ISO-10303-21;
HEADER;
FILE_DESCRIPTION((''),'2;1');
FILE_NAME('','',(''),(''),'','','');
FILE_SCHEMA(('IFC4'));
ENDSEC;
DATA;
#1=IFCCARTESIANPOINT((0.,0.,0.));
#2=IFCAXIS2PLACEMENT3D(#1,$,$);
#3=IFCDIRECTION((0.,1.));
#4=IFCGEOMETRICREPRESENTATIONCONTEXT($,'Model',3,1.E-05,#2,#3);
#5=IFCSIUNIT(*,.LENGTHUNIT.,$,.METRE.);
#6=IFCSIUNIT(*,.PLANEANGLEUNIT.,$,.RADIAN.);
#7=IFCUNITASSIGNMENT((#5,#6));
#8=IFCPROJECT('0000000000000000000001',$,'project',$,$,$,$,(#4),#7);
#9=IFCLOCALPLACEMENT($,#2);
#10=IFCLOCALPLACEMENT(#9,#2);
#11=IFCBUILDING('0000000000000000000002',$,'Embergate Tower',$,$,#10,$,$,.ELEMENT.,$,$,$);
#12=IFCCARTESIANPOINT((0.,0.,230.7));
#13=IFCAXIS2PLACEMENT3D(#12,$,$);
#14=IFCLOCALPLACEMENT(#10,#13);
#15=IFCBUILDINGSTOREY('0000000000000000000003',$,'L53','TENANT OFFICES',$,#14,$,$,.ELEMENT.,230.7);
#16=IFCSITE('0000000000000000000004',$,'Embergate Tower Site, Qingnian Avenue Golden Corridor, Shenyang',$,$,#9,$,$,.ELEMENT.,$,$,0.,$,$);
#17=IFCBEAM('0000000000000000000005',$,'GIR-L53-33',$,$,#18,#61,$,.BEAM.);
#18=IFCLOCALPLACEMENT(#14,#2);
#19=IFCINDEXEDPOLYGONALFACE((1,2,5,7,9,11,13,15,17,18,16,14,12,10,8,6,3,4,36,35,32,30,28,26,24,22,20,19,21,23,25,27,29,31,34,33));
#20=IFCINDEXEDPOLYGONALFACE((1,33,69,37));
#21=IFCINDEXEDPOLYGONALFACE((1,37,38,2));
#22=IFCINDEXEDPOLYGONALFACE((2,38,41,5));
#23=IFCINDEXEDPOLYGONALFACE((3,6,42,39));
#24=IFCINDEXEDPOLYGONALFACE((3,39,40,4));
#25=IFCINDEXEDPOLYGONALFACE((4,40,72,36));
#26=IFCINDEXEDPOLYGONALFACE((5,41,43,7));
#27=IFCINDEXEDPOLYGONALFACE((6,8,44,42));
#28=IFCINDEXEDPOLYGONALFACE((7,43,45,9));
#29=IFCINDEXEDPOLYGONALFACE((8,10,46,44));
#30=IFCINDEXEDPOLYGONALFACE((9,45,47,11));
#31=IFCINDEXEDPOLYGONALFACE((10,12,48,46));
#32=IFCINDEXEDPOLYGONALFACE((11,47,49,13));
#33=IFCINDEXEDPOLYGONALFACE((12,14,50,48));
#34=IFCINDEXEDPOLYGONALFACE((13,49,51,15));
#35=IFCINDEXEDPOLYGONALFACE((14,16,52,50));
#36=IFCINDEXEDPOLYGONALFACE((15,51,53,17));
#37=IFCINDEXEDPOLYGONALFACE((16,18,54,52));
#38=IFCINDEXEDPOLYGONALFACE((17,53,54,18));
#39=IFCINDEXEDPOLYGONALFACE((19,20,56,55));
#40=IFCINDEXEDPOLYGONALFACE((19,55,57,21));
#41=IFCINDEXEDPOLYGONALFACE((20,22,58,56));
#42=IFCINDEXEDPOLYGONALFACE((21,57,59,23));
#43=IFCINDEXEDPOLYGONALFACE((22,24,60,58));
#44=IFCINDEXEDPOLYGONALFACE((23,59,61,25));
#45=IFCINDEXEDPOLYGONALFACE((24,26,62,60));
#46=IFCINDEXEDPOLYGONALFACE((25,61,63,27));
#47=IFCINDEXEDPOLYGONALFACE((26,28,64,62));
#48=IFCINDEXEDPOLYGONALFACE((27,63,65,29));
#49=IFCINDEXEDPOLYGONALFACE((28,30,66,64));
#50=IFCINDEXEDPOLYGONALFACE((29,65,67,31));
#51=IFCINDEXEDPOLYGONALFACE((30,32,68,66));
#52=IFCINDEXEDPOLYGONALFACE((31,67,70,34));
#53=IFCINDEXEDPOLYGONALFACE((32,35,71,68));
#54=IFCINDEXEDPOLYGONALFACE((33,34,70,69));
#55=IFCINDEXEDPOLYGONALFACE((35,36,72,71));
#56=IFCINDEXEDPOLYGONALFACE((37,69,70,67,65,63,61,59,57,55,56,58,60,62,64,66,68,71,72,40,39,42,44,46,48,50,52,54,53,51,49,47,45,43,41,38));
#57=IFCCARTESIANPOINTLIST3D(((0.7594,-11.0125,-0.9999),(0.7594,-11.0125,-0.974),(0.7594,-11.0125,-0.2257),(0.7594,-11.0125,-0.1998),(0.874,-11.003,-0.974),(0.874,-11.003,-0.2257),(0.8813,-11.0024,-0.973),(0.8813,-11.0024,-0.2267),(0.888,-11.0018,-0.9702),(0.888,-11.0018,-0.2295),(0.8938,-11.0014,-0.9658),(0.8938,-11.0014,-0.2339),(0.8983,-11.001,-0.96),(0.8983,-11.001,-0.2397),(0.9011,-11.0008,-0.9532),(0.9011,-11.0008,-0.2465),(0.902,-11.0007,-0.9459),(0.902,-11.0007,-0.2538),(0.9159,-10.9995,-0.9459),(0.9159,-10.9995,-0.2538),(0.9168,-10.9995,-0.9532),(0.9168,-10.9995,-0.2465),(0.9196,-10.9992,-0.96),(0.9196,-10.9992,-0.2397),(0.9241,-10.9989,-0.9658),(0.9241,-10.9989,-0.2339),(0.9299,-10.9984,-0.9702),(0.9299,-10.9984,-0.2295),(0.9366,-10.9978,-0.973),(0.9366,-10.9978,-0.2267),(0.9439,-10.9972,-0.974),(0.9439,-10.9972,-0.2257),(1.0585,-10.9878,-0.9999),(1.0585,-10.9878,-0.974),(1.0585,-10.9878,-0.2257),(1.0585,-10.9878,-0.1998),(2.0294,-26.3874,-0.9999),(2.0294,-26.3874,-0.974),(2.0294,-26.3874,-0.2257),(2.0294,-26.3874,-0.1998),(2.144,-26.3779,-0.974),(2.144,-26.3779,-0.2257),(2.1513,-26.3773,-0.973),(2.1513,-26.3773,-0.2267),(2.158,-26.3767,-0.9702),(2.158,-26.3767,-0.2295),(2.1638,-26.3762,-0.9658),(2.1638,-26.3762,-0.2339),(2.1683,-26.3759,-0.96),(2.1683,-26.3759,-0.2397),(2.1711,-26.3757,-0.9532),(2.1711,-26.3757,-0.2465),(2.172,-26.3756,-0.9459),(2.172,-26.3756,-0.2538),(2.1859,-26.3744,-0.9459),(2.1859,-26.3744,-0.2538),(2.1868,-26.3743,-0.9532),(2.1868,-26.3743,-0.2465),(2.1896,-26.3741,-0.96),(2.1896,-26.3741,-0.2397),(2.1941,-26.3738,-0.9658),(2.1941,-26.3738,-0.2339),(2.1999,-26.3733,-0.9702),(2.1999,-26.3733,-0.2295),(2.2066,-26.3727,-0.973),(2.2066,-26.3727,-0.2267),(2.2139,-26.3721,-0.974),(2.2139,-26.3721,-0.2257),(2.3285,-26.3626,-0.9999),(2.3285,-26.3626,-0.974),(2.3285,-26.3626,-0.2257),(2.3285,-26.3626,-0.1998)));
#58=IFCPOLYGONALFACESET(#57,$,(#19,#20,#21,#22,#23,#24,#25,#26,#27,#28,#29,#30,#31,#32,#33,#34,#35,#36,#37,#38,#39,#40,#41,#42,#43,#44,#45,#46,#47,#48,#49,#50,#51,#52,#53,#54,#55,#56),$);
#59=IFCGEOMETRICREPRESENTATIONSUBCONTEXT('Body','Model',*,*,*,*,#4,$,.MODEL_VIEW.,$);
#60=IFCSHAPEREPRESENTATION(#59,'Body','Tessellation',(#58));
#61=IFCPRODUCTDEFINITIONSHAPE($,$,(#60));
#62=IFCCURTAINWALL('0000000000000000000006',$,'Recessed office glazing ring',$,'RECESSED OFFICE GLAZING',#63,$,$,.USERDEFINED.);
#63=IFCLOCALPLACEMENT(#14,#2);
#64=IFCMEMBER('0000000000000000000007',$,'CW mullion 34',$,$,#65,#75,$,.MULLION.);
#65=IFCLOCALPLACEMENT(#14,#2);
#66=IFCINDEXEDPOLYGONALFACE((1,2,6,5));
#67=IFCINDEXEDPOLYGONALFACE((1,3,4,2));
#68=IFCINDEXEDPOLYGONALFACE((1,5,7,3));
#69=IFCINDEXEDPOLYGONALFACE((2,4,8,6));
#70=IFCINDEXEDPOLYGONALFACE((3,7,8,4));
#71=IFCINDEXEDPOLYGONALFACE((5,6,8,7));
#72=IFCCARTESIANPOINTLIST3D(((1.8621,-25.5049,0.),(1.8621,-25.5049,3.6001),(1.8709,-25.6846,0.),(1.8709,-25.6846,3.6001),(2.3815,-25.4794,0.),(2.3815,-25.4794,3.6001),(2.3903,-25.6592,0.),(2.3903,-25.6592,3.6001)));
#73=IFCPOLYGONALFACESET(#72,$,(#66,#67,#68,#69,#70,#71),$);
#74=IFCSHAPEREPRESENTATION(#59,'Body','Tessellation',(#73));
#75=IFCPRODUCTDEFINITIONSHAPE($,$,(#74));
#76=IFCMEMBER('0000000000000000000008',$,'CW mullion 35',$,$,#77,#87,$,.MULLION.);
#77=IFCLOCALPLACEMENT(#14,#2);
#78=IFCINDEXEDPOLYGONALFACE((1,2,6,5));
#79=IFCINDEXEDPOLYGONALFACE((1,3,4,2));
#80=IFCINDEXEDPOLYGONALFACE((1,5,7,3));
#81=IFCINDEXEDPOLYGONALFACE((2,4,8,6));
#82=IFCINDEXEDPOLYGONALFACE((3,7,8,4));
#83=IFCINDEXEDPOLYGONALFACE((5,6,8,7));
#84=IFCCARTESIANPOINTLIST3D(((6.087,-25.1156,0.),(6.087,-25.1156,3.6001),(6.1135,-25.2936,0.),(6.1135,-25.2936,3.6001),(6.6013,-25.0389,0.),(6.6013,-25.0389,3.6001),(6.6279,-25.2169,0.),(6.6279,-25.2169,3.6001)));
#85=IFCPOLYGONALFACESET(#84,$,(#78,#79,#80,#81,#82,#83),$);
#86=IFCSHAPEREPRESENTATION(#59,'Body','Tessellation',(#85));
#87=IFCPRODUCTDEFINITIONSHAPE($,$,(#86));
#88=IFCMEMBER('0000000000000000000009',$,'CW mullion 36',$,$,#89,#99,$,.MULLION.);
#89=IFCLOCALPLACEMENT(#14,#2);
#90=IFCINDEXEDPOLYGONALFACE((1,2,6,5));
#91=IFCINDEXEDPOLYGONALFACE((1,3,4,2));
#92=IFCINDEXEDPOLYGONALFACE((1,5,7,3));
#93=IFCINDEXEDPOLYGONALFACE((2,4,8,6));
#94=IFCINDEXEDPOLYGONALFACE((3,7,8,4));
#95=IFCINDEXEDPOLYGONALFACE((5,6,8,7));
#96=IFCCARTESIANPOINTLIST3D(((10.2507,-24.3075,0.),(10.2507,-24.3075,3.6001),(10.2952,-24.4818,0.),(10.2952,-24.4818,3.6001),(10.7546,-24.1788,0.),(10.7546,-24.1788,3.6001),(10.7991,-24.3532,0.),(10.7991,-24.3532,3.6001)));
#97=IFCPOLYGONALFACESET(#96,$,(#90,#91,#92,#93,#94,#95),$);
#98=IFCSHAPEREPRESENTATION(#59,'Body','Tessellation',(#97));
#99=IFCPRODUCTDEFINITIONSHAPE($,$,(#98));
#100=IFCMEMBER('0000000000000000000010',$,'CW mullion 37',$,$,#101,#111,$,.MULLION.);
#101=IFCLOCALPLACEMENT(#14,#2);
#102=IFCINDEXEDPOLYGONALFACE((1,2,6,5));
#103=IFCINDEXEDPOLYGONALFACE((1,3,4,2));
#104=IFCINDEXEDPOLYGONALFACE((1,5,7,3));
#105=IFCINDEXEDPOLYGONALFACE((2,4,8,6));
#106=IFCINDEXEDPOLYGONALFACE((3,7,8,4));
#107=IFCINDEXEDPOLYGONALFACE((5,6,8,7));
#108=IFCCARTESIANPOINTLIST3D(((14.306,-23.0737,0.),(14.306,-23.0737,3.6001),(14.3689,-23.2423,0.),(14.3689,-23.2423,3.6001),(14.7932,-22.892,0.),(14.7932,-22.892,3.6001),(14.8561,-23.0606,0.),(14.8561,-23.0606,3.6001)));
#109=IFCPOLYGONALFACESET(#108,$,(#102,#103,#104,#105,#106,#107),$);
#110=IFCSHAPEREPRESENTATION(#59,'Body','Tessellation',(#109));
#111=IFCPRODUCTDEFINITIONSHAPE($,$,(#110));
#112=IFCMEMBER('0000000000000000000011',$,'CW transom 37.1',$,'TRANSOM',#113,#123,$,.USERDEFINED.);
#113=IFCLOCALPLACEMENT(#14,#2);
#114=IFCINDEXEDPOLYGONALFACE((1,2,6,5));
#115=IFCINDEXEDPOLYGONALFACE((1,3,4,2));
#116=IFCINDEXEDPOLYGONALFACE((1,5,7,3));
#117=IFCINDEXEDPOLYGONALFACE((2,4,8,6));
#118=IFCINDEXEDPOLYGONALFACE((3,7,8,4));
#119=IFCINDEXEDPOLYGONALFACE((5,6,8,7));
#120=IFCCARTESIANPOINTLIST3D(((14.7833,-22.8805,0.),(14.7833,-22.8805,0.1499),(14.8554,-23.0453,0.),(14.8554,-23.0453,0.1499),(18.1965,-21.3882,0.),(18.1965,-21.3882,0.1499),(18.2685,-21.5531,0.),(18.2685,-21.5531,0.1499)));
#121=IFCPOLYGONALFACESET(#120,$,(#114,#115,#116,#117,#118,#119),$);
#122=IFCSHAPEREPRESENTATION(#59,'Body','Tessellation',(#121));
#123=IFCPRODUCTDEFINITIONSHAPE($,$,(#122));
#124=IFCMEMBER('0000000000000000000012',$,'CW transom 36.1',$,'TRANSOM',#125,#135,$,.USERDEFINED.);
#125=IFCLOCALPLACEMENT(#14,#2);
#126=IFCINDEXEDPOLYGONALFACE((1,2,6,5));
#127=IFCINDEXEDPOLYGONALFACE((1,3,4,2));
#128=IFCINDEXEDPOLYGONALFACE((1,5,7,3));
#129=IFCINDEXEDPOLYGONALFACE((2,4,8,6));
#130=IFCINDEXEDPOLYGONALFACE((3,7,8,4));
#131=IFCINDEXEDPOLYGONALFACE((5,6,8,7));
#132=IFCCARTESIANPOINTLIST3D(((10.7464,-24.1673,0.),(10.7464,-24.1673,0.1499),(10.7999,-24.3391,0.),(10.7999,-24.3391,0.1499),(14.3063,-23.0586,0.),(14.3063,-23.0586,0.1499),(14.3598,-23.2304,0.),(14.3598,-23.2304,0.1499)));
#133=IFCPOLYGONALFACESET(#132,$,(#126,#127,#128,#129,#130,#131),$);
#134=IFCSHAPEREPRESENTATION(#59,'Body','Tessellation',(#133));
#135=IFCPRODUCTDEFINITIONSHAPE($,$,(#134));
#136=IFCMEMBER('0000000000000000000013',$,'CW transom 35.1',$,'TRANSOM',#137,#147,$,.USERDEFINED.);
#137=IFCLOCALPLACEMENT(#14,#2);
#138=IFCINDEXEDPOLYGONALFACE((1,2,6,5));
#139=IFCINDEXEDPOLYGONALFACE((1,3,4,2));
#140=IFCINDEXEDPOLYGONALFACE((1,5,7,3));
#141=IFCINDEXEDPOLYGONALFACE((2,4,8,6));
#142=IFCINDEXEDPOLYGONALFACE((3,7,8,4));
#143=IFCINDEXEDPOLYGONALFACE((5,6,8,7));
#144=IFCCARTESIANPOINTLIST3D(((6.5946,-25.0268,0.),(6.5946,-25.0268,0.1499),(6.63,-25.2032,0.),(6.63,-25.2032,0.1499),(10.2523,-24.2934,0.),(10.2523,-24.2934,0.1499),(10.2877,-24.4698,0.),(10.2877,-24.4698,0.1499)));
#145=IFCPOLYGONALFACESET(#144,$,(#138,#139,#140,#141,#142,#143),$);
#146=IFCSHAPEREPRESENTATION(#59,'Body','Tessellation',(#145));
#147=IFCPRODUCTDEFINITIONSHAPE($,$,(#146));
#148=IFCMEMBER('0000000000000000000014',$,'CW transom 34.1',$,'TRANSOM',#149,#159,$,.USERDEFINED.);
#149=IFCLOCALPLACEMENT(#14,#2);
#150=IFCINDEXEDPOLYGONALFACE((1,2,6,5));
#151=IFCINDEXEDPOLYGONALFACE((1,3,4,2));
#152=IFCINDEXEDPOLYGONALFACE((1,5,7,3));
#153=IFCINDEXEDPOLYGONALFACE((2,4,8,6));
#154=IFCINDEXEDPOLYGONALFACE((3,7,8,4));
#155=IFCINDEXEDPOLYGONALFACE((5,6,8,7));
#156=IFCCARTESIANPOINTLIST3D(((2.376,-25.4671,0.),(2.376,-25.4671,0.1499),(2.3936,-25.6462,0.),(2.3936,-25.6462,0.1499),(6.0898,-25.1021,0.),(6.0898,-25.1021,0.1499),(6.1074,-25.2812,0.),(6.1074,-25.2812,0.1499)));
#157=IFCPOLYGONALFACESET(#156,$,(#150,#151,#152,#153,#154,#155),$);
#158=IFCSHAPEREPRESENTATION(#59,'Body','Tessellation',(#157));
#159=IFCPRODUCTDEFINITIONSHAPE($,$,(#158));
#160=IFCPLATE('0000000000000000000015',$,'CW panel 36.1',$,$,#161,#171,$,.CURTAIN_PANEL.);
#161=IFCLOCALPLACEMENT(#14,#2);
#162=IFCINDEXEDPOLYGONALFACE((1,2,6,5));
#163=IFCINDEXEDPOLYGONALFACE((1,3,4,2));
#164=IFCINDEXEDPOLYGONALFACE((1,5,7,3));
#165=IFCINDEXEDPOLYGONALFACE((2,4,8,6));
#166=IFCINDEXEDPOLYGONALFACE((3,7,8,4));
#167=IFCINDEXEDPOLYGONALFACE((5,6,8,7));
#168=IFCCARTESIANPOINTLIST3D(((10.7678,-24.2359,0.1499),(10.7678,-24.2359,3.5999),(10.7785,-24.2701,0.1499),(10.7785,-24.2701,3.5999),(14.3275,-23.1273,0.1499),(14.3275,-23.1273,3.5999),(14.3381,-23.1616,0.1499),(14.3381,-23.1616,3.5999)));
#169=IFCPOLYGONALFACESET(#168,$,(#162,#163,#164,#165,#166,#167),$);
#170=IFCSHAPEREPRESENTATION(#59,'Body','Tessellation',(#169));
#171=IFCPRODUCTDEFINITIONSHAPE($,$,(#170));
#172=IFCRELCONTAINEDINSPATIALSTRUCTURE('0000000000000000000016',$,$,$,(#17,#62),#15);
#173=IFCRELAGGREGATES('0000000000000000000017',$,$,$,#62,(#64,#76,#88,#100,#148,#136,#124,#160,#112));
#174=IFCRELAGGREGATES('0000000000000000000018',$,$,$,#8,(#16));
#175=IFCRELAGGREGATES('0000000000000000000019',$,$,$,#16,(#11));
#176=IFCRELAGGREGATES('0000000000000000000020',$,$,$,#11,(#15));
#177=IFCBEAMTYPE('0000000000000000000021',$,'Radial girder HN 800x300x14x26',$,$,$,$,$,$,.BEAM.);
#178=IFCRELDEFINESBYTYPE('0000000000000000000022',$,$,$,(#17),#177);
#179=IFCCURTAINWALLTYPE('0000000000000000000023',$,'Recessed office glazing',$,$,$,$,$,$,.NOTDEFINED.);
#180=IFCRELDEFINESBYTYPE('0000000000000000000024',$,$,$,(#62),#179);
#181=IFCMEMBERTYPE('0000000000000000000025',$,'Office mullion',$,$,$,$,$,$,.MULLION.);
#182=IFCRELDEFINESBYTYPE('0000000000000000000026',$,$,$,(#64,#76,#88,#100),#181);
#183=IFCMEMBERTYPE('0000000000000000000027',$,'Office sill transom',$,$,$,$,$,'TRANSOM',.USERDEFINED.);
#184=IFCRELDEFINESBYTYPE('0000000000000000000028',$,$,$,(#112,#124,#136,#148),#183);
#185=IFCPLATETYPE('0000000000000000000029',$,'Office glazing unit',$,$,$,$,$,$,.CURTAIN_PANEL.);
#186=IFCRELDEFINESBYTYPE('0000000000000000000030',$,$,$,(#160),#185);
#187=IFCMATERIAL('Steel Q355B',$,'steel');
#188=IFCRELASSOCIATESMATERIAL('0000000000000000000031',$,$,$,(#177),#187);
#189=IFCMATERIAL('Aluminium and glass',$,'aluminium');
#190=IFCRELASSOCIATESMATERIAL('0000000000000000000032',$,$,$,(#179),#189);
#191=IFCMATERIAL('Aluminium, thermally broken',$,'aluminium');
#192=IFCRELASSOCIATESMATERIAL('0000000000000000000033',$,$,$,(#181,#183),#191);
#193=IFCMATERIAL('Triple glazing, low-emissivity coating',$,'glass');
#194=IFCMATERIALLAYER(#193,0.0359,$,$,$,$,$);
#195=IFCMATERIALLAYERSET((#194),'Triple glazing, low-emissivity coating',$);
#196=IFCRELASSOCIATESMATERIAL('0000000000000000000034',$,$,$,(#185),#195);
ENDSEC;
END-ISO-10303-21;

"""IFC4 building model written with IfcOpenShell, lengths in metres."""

from ifc_helpers import new_model, si_unit, direction, frame, origin, origin_2d, place, context, subcontext, project, spatial, rectangle, i_section, extrude, source, transform, mapped, material, layer, layer_set, material_profile, profile_set, type_object, element, aggregate, save


model = new_model("IFC4")

# Units and contexts
model_context = context("Model", 3, precision=1e-05, world=origin(), true_north=direction((0.0, 1.0)))
body_context = subcontext(model_context, "Body", "Model", "MODEL_VIEW")
ifc_project = project(units=[si_unit("LENGTHUNIT", "METRE"), si_unit("PLANEANGLEUNIT", "RADIAN")], contexts=[model_context])

# Site, building, storey
site_placement = place(None, origin())
site = spatial("IfcSite", under=ifc_project, at=site_placement, Name="Embergate Tower Site, Qingnian Avenue Golden Corridor, Shenyang", CompositionType="ELEMENT", RefElevation=0.0)
building_placement = place(site_placement, origin())
building = spatial("IfcBuilding", under=site, at=building_placement, Name="Embergate Tower", CompositionType="ELEMENT")
storey_placement = place(building_placement, frame((0.0, 0.0, 230.7)))
storey = spatial("IfcBuildingStorey", under=building, at=storey_placement, Name="L53", Description="TENANT OFFICES", CompositionType="ELEMENT", Elevation=230.7)

# Beam
ifc_material_1 = material(Name="Steel Q355B", Category="steel")
ifc_material_profile_1 = material_profile(ifc_material_1, i_section(OverallWidth=0.3, OverallDepth=0.8, WebThickness=0.0139, FlangeThickness=0.0259, FilletRadius=0.0281, at=origin_2d()), Name="HN 800x300x14x26")
ifc_profile_set_1 = profile_set([ifc_material_profile_1], Name="Steel Q355 grade B")
beam_type_1 = type_object("IfcBeamType", Name="Radial girder HN 800x300x14x26", PredefinedType="BEAM", material=ifc_profile_set_1)
shared_shape_1 = source(origin(), body_context, "Body", "SweptSolid", [
    extrude(i_section(OverallWidth=0.3, OverallDepth=0.8, WebThickness=0.0139, FlangeThickness=0.0259, FilletRadius=0.0281, at=origin_2d()), origin(), (0.0, 0.0, 1.0), 15.4272),
])
beam_1_placement = place(storey_placement, frame((2.179, -26.375, -0.5999), z_axis=(-0.082323, 0.996606, 0.0), x_axis=(-0.996606, -0.082323, 0.0)))
element("IfcBeam", 1, at=beam_1_placement, inside=storey, type_object=beam_type_1, Name="GIR-L53-33", PredefinedType="BEAM", context=body_context, shape_type="MappedRepresentation", body=[
    mapped(shared_shape_1, transform((0.0, 0.0, 0.0))),
])

# Curtain wall, members, plate
ifc_material_2 = material(Name="Aluminium and glass", Category="aluminium")
curtain_wall_type = type_object("IfcCurtainWallType", Name="Recessed office glazing", PredefinedType="NOTDEFINED", material=ifc_material_2)
curtain_wall_placement = place(storey_placement, origin())
curtain_wall = element("IfcCurtainWall", 2, at=curtain_wall_placement, inside=storey, type_object=curtain_wall_type, Name="Recessed office glazing ring", ObjectType="RECESSED OFFICE GLAZING", PredefinedType="USERDEFINED")
ifc_material_3 = material(Name="Aluminium, thermally broken", Category="aluminium")
ifc_material_profile_2 = material_profile(ifc_material_3, rectangle(XDim=0.1799, YDim=0.52, at=origin_2d()), Name="AL 520x180")
ifc_profile_set_2 = profile_set([ifc_material_profile_2], Name="Aluminium, thermally broken")
member_type_1 = type_object("IfcMemberType", Name="Office mullion", PredefinedType="MULLION", material=ifc_profile_set_2)
shared_shape_2 = source(origin(), body_context, "Body", "SweptSolid", [
    extrude(rectangle(XDim=0.1799, YDim=0.52, at=origin_2d()), origin(), (0.0, 0.0, 1.0), 3.6001),
])
member_1_placement = place(storey_placement, frame((2.1262, -25.582, 0.0), z_axis=(0.0, 0.0, 1.0), x_axis=(-0.04897, 0.9988, 0.0)))
member_1 = element("IfcMember", 3, at=member_1_placement, type_object=member_type_1, Name="CW mullion 34", PredefinedType="MULLION", context=body_context, shape_type="MappedRepresentation", body=[
    mapped(shared_shape_2, transform((0.0, 0.0, 0.0))),
])
member_2_placement = place(storey_placement, frame((6.3574, -25.1663, 0.0), z_axis=(0.0, 0.0, 1.0), x_axis=(-0.147407, 0.989076, 0.0)))
member_2 = element("IfcMember", 4, at=member_2_placement, type_object=member_type_1, Name="CW mullion 35", PredefinedType="MULLION", context=body_context, shape_type="MappedRepresentation", body=[
    mapped(shared_shape_2, transform((0.0, 0.0, 0.0))),
])
member_3_placement = place(storey_placement, frame((10.5249, -24.3303, 0.0), z_axis=(0.0, 0.0, 1.0), x_axis=(-0.247305, 0.968938, 0.0)))
member_3 = element("IfcMember", 5, at=member_3_placement, type_object=member_type_1, Name="CW mullion 36", PredefinedType="MULLION", context=body_context, shape_type="MappedRepresentation", body=[
    mapped(shared_shape_2, transform((0.0, 0.0, 0.0))),
])
member_4_placement = place(storey_placement, frame((14.5811, -23.0671, 0.0), z_axis=(0.0, 0.0, 1.0), x_axis=(-0.349493, 0.936939, 0.0)))
member_4 = element("IfcMember", 6, at=member_4_placement, type_object=member_type_1, Name="CW mullion 37", PredefinedType="MULLION", context=body_context, shape_type="MappedRepresentation", body=[
    mapped(shared_shape_2, transform((0.0, 0.0, 0.0))),
])
ifc_material_profile_3 = material_profile(ifc_material_3, rectangle(XDim=0.1799, YDim=0.1499, at=origin_2d()), Name="AL 150x180")
ifc_profile_set_3 = profile_set([ifc_material_profile_3], Name="Aluminium, thermally broken")
member_type_2 = type_object("IfcMemberType", Name="Office sill transom", ElementType="TRANSOM", PredefinedType="USERDEFINED", material=ifc_profile_set_3)
shared_shape_3 = source(origin(), body_context, "Body", "SweptSolid", [
    extrude(rectangle(XDim=0.1799, YDim=0.1499, at=origin_2d()), origin(), (0.0, 0.0, 1.0), 3.7251),
])
member_5_placement = place(storey_placement, frame((14.8193, -22.9629, 0.075), z_axis=(0.91626, 0.400585, 0.0), x_axis=(-0.400585, 0.91626, 0.0)))
member_5 = element("IfcMember", 7, at=member_5_placement, type_object=member_type_2, Name="CW transom 37.1", ObjectType="TRANSOM", PredefinedType="USERDEFINED", context=body_context, shape_type="MappedRepresentation", body=[
    mapped(shared_shape_3, transform((0.0, 0.0, 0.0))),
])
shared_shape_4 = source(origin(), body_context, "Body", "SweptSolid", [
    extrude(rectangle(XDim=0.1799, YDim=0.1499, at=origin_2d()), origin(), (0.0, 0.0, 1.0), 3.7285),
])
member_6_placement = place(storey_placement, frame((10.7732, -24.2532, 0.075), z_axis=(0.95477, 0.297346, 0.0), x_axis=(-0.297346, 0.95477, 0.0)))
member_6 = element("IfcMember", 8, at=member_6_placement, type_object=member_type_2, Name="CW transom 36.1", ObjectType="TRANSOM", PredefinedType="USERDEFINED", context=body_context, shape_type="MappedRepresentation", body=[
    mapped(shared_shape_4, transform((0.0, 0.0, 0.0))),
])
shared_shape_5 = source(origin(), body_context, "Body", "SweptSolid", [
    extrude(rectangle(XDim=0.1799, YDim=0.1499, at=origin_2d()), origin(), (0.0, 0.0, 1.0), 3.7305),
])
member_7_placement = place(storey_placement, frame((6.6123, -25.115, 0.075), z_axis=(0.980485, 0.196594, 0.0), x_axis=(-0.196594, 0.980485, 0.0)))
member_7 = element("IfcMember", 9, at=member_7_placement, type_object=member_type_2, Name="CW transom 35.1", ObjectType="TRANSOM", PredefinedType="USERDEFINED", context=body_context, shape_type="MappedRepresentation", body=[
    mapped(shared_shape_5, transform((0.0, 0.0, 0.0))),
])
shared_shape_6 = source(origin(), body_context, "Body", "SweptSolid", [
    extrude(rectangle(XDim=0.1799, YDim=0.1499, at=origin_2d()), origin(), (0.0, 0.0, 1.0), 3.7317),
])
member_8_placement = place(storey_placement, frame((2.3848, -25.5566, 0.075), z_axis=(0.995205, 0.097806, 0.0), x_axis=(-0.097806, 0.995205, 0.0)))
member_8 = element("IfcMember", 10, at=member_8_placement, type_object=member_type_2, Name="CW transom 34.1", ObjectType="TRANSOM", PredefinedType="USERDEFINED", context=body_context, shape_type="MappedRepresentation", body=[
    mapped(shared_shape_6, transform((0.0, 0.0, 0.0))),
])
ifc_material_4 = material(Name="Triple glazing, low-emissivity coating", Category="glass")
ifc_layer_1 = layer(ifc_material_4, 0.0359)
ifc_layer_set_1 = layer_set([ifc_layer_1], Name="Triple glazing, low-emissivity coating")
plate_type = type_object("IfcPlateType", Name="Office glazing unit", PredefinedType="CURTAIN_PANEL", material=ifc_layer_set_1)
shared_shape_7 = source(origin(), body_context, "Body", "SweptSolid", [
    extrude(rectangle(XDim=3.7283, YDim=0.0359, at=origin_2d()), origin(), (0.0, 0.0, 1.0), 3.45),
])
plate_1_placement = place(storey_placement, frame((12.553, -23.6987, 0.1499), z_axis=(0.0, 0.0, 1.0), x_axis=(0.954774, 0.297333, 0.0)))
plate_1 = element("IfcPlate", 11, at=plate_1_placement, type_object=plate_type, Name="CW panel 36.1", PredefinedType="CURTAIN_PANEL", context=body_context, shape_type="MappedRepresentation", body=[
    mapped(shared_shape_7, transform((0.0, 0.0, 0.0))),
])
aggregate(curtain_wall, [member_1, member_2, member_3, member_4, member_8, member_7, member_6, plate_1, member_5])

save(model, "model.ifc")
